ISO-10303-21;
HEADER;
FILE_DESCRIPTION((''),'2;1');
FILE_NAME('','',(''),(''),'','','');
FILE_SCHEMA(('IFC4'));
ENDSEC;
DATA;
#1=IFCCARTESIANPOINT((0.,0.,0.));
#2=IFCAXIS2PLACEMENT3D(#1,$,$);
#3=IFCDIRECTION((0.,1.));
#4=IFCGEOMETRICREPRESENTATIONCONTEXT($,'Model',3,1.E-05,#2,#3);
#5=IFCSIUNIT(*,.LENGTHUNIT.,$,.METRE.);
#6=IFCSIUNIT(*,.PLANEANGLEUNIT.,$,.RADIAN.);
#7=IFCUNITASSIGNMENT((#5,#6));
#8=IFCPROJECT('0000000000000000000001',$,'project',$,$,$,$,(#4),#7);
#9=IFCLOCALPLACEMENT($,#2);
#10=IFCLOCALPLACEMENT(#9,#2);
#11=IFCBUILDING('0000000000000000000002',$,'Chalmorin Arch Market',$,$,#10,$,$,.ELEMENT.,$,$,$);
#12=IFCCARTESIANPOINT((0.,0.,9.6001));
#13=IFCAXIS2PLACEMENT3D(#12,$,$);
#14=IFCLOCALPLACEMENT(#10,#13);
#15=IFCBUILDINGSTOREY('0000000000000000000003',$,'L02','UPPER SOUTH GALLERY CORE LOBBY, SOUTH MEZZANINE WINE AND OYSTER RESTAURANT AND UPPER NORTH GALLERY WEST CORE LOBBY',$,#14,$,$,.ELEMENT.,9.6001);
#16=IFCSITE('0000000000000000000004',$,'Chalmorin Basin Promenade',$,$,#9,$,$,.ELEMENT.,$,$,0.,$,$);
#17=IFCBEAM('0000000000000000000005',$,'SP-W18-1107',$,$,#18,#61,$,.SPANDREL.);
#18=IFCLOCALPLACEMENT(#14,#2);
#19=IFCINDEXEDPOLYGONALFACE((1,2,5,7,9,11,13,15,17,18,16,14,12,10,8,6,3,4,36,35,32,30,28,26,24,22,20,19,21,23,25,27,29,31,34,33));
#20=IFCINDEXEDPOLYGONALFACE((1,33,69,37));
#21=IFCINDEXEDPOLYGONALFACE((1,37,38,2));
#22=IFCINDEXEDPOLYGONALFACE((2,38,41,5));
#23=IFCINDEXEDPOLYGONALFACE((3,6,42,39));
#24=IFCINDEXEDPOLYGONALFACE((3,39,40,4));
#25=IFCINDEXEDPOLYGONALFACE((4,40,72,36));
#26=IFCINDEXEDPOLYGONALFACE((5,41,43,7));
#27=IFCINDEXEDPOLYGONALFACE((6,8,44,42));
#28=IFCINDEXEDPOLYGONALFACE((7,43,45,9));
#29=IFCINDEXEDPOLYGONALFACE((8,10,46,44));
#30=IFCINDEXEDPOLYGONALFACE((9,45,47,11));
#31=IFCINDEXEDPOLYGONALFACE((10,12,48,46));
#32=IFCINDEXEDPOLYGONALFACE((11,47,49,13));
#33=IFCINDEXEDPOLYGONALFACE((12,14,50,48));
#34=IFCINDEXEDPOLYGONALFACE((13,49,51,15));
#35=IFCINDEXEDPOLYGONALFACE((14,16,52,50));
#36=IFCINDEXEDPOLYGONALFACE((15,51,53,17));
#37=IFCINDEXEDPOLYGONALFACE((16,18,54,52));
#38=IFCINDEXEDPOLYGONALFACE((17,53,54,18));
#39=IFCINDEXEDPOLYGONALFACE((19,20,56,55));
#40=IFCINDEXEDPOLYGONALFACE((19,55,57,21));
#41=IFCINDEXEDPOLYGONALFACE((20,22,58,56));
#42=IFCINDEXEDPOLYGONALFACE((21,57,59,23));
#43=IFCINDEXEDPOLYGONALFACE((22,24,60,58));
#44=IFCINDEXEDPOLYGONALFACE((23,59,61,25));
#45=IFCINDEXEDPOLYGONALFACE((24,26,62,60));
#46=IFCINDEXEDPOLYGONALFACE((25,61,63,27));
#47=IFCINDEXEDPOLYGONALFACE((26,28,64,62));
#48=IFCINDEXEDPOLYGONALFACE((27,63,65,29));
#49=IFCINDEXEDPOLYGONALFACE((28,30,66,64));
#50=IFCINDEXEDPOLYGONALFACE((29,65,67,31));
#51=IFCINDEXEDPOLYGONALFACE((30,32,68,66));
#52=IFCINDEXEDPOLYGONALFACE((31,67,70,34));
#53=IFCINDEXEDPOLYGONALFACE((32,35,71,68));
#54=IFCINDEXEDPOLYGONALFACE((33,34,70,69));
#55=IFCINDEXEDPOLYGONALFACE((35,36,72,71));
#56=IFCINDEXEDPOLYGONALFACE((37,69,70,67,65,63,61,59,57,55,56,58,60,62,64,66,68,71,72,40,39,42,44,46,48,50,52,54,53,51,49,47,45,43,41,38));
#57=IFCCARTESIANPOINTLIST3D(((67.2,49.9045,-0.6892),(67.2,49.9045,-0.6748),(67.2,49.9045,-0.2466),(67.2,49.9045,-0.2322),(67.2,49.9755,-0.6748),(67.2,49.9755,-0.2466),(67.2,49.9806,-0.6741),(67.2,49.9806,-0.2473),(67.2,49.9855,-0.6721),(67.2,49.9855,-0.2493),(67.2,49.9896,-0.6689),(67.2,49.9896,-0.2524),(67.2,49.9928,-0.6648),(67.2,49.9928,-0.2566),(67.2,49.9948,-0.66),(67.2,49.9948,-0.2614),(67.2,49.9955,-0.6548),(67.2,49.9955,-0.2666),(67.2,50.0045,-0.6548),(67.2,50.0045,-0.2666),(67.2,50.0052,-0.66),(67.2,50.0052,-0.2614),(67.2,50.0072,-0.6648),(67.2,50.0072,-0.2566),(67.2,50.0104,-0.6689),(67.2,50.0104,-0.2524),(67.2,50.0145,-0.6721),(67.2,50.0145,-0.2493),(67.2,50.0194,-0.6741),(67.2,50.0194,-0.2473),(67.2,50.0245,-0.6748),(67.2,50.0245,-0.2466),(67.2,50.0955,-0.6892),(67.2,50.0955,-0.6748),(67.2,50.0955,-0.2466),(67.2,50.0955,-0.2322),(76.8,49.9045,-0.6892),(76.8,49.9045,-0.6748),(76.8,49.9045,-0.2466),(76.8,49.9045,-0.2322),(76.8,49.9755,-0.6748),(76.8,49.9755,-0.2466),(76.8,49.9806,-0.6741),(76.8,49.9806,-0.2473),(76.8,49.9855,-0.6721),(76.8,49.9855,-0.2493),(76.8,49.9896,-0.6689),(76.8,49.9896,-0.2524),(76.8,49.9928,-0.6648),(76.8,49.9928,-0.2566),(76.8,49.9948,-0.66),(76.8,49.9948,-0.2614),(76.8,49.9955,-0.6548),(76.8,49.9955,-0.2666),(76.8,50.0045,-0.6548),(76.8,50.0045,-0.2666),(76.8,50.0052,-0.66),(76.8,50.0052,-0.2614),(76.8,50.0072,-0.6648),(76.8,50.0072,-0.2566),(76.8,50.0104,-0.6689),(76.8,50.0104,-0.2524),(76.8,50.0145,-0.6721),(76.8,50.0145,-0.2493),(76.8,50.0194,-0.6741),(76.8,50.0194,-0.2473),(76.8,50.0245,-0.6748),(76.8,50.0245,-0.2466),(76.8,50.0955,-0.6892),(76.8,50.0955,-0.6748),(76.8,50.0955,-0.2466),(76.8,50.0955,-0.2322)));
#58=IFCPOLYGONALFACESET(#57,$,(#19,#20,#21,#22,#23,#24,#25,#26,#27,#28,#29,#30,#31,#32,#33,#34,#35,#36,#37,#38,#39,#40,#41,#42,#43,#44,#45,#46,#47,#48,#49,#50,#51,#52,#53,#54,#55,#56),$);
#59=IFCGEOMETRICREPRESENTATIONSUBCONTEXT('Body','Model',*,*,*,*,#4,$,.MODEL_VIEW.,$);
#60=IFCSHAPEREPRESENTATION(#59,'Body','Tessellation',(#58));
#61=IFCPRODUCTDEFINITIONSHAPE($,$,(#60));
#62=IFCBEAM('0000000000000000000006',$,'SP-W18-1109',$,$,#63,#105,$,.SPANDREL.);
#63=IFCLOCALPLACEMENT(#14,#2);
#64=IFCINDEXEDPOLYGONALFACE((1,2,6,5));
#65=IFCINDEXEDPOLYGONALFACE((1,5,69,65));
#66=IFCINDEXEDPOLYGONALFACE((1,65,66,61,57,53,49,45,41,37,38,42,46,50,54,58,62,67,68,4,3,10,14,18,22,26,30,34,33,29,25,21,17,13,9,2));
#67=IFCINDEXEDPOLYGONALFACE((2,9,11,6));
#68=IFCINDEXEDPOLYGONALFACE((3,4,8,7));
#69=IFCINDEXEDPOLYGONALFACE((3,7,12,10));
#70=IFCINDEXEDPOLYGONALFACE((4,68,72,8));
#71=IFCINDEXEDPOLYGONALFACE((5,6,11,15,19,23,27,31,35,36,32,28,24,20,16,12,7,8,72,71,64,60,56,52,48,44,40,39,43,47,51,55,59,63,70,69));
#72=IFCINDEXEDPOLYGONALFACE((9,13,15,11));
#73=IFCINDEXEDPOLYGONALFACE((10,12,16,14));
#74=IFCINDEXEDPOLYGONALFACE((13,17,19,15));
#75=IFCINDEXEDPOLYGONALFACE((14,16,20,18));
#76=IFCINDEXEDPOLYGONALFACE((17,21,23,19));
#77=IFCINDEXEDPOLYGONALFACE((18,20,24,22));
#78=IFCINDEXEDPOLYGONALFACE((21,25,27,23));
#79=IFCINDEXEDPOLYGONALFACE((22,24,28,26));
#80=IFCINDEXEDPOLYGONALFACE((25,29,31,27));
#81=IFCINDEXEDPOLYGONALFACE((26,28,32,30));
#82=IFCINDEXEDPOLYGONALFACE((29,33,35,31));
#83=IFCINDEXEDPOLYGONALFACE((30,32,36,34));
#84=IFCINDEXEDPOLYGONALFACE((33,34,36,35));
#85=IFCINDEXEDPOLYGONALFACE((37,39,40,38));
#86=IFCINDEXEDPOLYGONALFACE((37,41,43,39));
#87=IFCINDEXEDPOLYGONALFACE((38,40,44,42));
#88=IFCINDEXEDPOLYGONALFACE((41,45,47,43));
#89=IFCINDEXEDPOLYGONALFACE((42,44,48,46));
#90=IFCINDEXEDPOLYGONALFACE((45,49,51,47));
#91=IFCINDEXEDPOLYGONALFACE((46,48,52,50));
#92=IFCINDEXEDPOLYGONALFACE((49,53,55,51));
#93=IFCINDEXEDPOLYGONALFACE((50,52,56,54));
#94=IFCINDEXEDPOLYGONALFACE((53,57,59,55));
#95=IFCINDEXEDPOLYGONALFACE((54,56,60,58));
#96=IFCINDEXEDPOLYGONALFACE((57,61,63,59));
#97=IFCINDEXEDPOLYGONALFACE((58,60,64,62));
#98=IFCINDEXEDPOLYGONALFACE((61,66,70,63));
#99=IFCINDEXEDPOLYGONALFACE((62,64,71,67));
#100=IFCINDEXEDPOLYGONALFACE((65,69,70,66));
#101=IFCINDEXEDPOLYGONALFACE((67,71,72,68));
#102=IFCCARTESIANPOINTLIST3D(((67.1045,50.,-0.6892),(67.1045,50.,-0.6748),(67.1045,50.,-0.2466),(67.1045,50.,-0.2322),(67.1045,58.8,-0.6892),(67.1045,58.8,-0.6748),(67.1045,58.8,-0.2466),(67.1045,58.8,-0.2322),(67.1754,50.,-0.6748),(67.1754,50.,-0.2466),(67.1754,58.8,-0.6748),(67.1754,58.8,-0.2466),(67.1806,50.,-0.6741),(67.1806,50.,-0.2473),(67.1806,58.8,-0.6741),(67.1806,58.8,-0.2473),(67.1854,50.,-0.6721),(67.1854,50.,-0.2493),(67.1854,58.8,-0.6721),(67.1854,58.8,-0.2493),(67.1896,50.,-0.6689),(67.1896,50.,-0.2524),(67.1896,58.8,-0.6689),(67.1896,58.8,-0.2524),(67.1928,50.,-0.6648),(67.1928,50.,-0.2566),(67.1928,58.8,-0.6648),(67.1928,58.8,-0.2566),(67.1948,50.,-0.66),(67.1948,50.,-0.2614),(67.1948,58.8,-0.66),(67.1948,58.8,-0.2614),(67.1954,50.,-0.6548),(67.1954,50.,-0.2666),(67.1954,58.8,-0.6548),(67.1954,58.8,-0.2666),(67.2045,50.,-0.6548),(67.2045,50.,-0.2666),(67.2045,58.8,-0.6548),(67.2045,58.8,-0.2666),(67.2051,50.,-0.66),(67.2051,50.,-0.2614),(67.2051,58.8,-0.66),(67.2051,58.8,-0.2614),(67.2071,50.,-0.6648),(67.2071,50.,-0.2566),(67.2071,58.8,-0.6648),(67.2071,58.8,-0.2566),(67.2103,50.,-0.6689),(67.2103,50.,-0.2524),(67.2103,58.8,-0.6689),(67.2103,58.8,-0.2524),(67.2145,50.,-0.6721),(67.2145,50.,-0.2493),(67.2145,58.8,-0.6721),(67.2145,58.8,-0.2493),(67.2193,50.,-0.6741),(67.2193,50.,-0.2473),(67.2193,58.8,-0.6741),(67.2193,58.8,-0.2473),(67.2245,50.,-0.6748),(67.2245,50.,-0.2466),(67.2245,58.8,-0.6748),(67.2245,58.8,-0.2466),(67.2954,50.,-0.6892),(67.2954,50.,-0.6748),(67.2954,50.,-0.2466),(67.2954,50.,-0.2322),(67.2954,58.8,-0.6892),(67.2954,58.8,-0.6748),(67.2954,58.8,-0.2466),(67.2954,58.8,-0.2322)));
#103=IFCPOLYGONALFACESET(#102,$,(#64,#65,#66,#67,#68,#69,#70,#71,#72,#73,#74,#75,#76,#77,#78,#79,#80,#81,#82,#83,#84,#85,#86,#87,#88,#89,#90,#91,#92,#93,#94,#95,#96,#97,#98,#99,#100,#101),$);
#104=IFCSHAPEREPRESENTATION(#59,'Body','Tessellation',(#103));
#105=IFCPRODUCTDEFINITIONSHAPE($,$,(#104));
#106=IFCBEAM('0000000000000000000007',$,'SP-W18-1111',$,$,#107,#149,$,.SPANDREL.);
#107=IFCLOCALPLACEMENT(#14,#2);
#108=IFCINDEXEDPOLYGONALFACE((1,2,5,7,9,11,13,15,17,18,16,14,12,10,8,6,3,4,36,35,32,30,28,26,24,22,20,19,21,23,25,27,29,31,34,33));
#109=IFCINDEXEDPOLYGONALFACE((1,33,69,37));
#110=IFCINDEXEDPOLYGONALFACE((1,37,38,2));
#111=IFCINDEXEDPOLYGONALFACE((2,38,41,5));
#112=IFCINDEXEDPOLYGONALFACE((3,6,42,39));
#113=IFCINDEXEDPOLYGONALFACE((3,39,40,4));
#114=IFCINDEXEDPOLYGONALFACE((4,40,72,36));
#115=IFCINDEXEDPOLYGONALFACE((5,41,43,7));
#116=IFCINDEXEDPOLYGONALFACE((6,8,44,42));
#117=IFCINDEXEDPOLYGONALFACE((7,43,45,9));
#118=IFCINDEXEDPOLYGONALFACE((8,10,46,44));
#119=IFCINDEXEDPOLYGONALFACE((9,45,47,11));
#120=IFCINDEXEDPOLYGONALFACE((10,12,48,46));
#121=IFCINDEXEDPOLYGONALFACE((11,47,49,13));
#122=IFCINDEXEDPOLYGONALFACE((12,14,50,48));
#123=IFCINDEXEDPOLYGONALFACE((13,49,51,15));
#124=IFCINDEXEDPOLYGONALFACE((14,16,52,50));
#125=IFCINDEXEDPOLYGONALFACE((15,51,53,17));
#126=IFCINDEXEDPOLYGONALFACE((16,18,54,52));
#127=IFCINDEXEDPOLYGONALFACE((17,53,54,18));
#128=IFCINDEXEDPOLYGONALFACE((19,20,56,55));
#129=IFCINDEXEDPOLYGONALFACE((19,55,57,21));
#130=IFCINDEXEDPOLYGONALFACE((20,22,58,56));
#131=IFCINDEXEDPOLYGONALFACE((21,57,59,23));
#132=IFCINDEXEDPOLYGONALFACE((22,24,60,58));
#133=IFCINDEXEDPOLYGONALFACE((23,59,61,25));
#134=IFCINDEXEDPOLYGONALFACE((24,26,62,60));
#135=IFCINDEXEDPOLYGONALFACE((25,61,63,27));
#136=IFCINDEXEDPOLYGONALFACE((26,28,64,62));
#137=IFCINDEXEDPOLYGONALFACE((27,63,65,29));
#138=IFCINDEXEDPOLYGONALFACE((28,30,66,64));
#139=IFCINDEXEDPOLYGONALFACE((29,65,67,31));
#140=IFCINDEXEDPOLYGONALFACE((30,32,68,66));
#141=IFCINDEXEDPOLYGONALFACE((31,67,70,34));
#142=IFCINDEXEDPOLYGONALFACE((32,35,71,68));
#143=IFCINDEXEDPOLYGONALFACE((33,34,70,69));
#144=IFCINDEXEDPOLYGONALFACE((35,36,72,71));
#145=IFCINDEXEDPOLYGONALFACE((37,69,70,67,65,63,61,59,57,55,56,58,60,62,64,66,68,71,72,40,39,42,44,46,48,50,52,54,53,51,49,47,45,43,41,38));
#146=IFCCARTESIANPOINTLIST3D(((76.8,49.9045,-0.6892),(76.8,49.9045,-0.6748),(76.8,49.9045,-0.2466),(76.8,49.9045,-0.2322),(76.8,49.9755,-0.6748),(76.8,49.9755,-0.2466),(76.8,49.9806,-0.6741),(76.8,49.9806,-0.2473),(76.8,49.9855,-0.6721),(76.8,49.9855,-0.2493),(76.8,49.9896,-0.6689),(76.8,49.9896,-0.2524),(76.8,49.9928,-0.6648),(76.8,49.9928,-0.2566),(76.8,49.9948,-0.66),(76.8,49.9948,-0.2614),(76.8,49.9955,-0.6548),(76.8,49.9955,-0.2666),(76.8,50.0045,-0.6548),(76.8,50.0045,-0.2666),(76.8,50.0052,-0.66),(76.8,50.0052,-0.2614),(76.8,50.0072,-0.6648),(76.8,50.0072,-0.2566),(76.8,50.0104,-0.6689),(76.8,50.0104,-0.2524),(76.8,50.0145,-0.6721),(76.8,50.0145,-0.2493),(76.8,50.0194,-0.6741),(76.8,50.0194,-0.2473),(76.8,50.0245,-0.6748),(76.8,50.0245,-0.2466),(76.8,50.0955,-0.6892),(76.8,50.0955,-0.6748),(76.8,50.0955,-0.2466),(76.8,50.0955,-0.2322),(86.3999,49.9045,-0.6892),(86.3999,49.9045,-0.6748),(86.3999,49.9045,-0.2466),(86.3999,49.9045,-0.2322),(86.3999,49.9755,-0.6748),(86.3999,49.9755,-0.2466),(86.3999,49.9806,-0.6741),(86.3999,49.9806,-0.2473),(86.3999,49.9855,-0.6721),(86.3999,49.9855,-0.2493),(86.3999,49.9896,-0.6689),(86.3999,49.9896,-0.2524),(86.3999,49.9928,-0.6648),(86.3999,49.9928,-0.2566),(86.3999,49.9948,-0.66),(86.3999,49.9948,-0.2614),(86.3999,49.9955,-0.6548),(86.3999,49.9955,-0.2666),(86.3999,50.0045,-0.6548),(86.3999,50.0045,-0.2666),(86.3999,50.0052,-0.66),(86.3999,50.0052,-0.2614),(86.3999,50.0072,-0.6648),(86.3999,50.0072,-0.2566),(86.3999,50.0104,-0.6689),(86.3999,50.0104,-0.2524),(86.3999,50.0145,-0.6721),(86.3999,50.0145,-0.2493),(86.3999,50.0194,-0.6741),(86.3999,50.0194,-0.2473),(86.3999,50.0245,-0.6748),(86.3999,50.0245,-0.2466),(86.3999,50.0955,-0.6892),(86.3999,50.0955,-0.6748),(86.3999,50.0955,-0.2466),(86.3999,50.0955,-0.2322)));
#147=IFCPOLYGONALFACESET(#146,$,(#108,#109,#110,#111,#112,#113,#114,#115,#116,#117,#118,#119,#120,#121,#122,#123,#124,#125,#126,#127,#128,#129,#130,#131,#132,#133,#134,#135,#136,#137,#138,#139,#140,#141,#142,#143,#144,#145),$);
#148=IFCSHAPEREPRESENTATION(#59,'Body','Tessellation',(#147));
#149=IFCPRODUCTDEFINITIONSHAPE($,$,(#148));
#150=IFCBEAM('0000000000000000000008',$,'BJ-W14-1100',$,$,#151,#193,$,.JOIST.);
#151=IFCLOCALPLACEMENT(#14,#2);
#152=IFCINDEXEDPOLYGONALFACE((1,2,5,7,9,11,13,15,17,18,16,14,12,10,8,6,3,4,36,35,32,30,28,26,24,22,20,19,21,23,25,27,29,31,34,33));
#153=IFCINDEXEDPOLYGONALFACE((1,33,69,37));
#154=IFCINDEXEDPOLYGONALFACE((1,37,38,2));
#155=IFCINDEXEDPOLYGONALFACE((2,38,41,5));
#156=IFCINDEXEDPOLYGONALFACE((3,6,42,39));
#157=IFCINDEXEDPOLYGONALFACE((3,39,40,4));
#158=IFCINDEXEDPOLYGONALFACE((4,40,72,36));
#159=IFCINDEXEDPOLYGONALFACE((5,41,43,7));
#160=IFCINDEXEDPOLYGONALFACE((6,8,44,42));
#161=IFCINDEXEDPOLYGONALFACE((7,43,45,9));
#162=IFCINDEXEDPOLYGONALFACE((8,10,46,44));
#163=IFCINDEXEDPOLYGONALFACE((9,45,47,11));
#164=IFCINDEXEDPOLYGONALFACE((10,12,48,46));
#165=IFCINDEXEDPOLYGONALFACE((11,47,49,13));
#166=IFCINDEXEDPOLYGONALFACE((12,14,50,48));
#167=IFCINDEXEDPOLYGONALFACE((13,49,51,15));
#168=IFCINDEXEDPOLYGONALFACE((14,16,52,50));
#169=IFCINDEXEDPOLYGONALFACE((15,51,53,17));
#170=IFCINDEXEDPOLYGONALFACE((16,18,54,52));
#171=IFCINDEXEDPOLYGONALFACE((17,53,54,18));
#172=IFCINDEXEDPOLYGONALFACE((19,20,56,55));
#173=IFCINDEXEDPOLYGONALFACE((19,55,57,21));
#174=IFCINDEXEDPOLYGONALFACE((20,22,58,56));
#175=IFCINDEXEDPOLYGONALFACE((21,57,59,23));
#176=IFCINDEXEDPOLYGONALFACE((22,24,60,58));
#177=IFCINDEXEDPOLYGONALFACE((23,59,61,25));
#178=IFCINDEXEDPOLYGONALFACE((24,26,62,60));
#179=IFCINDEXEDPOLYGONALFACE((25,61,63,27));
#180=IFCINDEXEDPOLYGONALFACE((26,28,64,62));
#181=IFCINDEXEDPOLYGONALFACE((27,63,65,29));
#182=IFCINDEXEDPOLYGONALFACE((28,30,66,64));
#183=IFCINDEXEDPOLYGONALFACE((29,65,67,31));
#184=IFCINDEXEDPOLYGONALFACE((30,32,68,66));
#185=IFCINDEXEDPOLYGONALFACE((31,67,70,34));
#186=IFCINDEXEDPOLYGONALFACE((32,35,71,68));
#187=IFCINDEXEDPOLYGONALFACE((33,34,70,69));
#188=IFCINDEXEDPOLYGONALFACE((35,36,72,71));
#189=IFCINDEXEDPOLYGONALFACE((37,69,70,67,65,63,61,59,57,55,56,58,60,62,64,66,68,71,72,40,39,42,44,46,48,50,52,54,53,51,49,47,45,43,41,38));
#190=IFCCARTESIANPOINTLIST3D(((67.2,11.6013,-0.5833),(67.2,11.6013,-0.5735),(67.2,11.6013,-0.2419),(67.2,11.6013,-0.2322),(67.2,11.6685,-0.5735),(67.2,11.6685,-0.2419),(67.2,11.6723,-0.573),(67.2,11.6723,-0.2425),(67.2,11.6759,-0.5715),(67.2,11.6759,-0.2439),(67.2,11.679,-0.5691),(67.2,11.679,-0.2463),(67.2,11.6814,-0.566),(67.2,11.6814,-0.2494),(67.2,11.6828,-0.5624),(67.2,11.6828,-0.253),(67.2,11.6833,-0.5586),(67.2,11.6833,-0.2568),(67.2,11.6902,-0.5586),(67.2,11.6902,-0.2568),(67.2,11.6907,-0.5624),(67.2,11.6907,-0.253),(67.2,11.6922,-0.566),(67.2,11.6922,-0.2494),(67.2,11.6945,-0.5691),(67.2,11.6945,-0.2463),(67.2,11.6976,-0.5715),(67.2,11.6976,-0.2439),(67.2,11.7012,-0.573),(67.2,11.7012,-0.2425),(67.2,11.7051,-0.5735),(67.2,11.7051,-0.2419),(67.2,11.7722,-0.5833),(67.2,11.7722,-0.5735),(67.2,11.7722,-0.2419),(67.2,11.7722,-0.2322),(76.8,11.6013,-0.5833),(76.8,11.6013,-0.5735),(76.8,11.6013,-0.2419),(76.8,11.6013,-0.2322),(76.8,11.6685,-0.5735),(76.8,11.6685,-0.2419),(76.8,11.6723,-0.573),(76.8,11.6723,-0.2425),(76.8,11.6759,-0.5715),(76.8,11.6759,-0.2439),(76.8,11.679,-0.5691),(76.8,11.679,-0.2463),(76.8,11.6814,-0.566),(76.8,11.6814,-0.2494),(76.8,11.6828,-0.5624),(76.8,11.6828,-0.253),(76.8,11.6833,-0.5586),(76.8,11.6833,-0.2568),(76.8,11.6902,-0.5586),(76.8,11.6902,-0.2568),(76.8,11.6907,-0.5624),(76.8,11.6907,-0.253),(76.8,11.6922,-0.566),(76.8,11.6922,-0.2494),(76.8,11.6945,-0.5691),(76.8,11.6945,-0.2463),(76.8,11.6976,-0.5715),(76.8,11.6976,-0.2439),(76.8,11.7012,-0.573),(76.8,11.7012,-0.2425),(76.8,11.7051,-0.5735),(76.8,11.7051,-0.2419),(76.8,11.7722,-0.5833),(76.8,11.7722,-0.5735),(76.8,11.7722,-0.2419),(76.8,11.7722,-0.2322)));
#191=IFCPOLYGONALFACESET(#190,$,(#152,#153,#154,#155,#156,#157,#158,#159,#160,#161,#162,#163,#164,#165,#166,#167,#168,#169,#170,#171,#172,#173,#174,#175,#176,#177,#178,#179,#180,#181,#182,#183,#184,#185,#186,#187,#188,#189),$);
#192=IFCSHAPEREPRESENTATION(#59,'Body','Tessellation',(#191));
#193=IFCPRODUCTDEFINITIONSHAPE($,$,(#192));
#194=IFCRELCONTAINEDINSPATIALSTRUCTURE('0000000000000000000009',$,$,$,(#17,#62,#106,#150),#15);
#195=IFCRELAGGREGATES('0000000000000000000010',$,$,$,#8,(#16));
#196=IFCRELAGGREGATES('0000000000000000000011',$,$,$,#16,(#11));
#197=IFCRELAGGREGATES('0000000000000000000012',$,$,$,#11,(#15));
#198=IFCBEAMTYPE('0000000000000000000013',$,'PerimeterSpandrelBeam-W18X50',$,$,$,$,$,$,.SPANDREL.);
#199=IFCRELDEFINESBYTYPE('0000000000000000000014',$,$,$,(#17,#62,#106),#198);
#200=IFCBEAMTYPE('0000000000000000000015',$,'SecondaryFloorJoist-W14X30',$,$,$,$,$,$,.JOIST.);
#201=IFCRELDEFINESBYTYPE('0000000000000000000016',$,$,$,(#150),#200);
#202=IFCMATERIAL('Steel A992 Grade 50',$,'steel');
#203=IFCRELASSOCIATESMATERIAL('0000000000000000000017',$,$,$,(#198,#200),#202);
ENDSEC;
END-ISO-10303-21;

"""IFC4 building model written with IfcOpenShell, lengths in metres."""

from ifc_helpers import new_model, si_unit, direction, frame, origin, origin_2d, place, context, subcontext, project, spatial, i_section, extrude, material, material_profile, profile_set, type_object, element, save


model = new_model("IFC4")

# Units and contexts
model_context = context("Model", 3, precision=1e-05, world=origin(), true_north=direction((0.0, 1.0)))
body_context = subcontext(model_context, "Body", "Model", "MODEL_VIEW")
ifc_project = project(units=[si_unit("LENGTHUNIT", "METRE"), si_unit("PLANEANGLEUNIT", "RADIAN")], contexts=[model_context])

# Site, building, storey
site_placement = place(None, origin())
site = spatial("IfcSite", under=ifc_project, at=site_placement, Name="Chalmorin Basin Promenade", CompositionType="ELEMENT", RefElevation=0.0)
building_placement = place(site_placement, origin())
building = spatial("IfcBuilding", under=site, at=building_placement, Name="Chalmorin Arch Market", CompositionType="ELEMENT")
storey_placement = place(building_placement, frame((0.0, 0.0, 9.6001)))
storey = spatial("IfcBuildingStorey", under=building, at=storey_placement, Name="L02", Description="UPPER SOUTH GALLERY CORE LOBBY, SOUTH MEZZANINE WINE AND OYSTER RESTAURANT AND UPPER NORTH GALLERY WEST CORE LOBBY", CompositionType="ELEMENT", Elevation=9.6001)

# Shared definitions
ifc_material_1 = material(Name="Steel A992 Grade 50", Category="steel")

# Beams
ifc_material_profile_1 = material_profile(ifc_material_1, i_section(OverallWidth=0.1909, OverallDepth=0.457, WebThickness=0.009, FlangeThickness=0.0144, FilletRadius=0.02, at=origin_2d()), Name="W18X50")
ifc_profile_set_1 = profile_set([ifc_material_profile_1], Name="Steel A992 Grade 50")
beam_type_1 = type_object("IfcBeamType", Name="PerimeterSpandrelBeam-W18X50", PredefinedType="SPANDREL", material=ifc_profile_set_1)
for number, where, z_axis, x_axis, name in (
    (1, (67.2, 50.0, -0.4607), (1.0, 0.0, 0.0), (0.0, 1.0, 0.0), "SP-W18-1107"),
):
    element("IfcBeam", number, at=place(storey_placement, frame(where, z_axis=z_axis, x_axis=x_axis)), inside=storey, type_object=beam_type_1, Name=name, PredefinedType="SPANDREL", context=body_context, shape_type="SweptSolid", body=[
        extrude(i_section(OverallWidth=0.1909, OverallDepth=0.457, WebThickness=0.009, FlangeThickness=0.0144, FilletRadius=0.02, at=origin_2d()), origin(), (0.0, 0.0, 1.0), 9.6001),
    ])
beam_1_placement = place(storey_placement, frame((67.2, 50.0, -0.4607), z_axis=(0.0, 1.0, 0.0), x_axis=(-1.0, 0.0, 0.0)))
element("IfcBeam", 2, at=beam_1_placement, inside=storey, type_object=beam_type_1, Name="SP-W18-1109", PredefinedType="SPANDREL", context=body_context, shape_type="SweptSolid", body=[
    extrude(i_section(OverallWidth=0.1909, OverallDepth=0.457, WebThickness=0.009, FlangeThickness=0.0144, FilletRadius=0.02, at=origin_2d()), origin(), (0.0, 0.0, 1.0), 8.8),
])
beam_2_placement = place(storey_placement, frame((76.8, 50.0, -0.4607), z_axis=(1.0, 0.0, 0.0), x_axis=(0.0, 1.0, 0.0)))
element("IfcBeam", 3, at=beam_2_placement, inside=storey, type_object=beam_type_1, Name="SP-W18-1111", PredefinedType="SPANDREL", context=body_context, shape_type="SweptSolid", body=[
    extrude(i_section(OverallWidth=0.1909, OverallDepth=0.457, WebThickness=0.009, FlangeThickness=0.0144, FilletRadius=0.02, at=origin_2d()), origin(), (0.0, 0.0, 1.0), 9.5999),
])
ifc_material_profile_2 = material_profile(ifc_material_1, i_section(OverallWidth=0.1709, OverallDepth=0.3511, WebThickness=0.0068, FlangeThickness=0.0098, FilletRadius=0.0149, at=origin_2d()), Name="W14X30")
ifc_profile_set_2 = profile_set([ifc_material_profile_2], Name="Steel A992 Grade 50")
beam_type_2 = type_object("IfcBeamType", Name="SecondaryFloorJoist-W14X30", PredefinedType="JOIST", material=ifc_profile_set_2)
beam_3_placement = place(storey_placement, frame((67.2, 11.6868, -0.4077), z_axis=(1.0, 0.0, 0.0), x_axis=(0.0, 1.0, 0.0)))
element("IfcBeam", 4, at=beam_3_placement, inside=storey, type_object=beam_type_2, Name="BJ-W14-1100", PredefinedType="JOIST", context=body_context, shape_type="SweptSolid", body=[
    extrude(i_section(OverallWidth=0.1709, OverallDepth=0.3511, WebThickness=0.0068, FlangeThickness=0.0098, FilletRadius=0.0149, at=origin_2d()), origin(), (0.0, 0.0, 1.0), 9.6001),
])

save(model, "model.ifc")
